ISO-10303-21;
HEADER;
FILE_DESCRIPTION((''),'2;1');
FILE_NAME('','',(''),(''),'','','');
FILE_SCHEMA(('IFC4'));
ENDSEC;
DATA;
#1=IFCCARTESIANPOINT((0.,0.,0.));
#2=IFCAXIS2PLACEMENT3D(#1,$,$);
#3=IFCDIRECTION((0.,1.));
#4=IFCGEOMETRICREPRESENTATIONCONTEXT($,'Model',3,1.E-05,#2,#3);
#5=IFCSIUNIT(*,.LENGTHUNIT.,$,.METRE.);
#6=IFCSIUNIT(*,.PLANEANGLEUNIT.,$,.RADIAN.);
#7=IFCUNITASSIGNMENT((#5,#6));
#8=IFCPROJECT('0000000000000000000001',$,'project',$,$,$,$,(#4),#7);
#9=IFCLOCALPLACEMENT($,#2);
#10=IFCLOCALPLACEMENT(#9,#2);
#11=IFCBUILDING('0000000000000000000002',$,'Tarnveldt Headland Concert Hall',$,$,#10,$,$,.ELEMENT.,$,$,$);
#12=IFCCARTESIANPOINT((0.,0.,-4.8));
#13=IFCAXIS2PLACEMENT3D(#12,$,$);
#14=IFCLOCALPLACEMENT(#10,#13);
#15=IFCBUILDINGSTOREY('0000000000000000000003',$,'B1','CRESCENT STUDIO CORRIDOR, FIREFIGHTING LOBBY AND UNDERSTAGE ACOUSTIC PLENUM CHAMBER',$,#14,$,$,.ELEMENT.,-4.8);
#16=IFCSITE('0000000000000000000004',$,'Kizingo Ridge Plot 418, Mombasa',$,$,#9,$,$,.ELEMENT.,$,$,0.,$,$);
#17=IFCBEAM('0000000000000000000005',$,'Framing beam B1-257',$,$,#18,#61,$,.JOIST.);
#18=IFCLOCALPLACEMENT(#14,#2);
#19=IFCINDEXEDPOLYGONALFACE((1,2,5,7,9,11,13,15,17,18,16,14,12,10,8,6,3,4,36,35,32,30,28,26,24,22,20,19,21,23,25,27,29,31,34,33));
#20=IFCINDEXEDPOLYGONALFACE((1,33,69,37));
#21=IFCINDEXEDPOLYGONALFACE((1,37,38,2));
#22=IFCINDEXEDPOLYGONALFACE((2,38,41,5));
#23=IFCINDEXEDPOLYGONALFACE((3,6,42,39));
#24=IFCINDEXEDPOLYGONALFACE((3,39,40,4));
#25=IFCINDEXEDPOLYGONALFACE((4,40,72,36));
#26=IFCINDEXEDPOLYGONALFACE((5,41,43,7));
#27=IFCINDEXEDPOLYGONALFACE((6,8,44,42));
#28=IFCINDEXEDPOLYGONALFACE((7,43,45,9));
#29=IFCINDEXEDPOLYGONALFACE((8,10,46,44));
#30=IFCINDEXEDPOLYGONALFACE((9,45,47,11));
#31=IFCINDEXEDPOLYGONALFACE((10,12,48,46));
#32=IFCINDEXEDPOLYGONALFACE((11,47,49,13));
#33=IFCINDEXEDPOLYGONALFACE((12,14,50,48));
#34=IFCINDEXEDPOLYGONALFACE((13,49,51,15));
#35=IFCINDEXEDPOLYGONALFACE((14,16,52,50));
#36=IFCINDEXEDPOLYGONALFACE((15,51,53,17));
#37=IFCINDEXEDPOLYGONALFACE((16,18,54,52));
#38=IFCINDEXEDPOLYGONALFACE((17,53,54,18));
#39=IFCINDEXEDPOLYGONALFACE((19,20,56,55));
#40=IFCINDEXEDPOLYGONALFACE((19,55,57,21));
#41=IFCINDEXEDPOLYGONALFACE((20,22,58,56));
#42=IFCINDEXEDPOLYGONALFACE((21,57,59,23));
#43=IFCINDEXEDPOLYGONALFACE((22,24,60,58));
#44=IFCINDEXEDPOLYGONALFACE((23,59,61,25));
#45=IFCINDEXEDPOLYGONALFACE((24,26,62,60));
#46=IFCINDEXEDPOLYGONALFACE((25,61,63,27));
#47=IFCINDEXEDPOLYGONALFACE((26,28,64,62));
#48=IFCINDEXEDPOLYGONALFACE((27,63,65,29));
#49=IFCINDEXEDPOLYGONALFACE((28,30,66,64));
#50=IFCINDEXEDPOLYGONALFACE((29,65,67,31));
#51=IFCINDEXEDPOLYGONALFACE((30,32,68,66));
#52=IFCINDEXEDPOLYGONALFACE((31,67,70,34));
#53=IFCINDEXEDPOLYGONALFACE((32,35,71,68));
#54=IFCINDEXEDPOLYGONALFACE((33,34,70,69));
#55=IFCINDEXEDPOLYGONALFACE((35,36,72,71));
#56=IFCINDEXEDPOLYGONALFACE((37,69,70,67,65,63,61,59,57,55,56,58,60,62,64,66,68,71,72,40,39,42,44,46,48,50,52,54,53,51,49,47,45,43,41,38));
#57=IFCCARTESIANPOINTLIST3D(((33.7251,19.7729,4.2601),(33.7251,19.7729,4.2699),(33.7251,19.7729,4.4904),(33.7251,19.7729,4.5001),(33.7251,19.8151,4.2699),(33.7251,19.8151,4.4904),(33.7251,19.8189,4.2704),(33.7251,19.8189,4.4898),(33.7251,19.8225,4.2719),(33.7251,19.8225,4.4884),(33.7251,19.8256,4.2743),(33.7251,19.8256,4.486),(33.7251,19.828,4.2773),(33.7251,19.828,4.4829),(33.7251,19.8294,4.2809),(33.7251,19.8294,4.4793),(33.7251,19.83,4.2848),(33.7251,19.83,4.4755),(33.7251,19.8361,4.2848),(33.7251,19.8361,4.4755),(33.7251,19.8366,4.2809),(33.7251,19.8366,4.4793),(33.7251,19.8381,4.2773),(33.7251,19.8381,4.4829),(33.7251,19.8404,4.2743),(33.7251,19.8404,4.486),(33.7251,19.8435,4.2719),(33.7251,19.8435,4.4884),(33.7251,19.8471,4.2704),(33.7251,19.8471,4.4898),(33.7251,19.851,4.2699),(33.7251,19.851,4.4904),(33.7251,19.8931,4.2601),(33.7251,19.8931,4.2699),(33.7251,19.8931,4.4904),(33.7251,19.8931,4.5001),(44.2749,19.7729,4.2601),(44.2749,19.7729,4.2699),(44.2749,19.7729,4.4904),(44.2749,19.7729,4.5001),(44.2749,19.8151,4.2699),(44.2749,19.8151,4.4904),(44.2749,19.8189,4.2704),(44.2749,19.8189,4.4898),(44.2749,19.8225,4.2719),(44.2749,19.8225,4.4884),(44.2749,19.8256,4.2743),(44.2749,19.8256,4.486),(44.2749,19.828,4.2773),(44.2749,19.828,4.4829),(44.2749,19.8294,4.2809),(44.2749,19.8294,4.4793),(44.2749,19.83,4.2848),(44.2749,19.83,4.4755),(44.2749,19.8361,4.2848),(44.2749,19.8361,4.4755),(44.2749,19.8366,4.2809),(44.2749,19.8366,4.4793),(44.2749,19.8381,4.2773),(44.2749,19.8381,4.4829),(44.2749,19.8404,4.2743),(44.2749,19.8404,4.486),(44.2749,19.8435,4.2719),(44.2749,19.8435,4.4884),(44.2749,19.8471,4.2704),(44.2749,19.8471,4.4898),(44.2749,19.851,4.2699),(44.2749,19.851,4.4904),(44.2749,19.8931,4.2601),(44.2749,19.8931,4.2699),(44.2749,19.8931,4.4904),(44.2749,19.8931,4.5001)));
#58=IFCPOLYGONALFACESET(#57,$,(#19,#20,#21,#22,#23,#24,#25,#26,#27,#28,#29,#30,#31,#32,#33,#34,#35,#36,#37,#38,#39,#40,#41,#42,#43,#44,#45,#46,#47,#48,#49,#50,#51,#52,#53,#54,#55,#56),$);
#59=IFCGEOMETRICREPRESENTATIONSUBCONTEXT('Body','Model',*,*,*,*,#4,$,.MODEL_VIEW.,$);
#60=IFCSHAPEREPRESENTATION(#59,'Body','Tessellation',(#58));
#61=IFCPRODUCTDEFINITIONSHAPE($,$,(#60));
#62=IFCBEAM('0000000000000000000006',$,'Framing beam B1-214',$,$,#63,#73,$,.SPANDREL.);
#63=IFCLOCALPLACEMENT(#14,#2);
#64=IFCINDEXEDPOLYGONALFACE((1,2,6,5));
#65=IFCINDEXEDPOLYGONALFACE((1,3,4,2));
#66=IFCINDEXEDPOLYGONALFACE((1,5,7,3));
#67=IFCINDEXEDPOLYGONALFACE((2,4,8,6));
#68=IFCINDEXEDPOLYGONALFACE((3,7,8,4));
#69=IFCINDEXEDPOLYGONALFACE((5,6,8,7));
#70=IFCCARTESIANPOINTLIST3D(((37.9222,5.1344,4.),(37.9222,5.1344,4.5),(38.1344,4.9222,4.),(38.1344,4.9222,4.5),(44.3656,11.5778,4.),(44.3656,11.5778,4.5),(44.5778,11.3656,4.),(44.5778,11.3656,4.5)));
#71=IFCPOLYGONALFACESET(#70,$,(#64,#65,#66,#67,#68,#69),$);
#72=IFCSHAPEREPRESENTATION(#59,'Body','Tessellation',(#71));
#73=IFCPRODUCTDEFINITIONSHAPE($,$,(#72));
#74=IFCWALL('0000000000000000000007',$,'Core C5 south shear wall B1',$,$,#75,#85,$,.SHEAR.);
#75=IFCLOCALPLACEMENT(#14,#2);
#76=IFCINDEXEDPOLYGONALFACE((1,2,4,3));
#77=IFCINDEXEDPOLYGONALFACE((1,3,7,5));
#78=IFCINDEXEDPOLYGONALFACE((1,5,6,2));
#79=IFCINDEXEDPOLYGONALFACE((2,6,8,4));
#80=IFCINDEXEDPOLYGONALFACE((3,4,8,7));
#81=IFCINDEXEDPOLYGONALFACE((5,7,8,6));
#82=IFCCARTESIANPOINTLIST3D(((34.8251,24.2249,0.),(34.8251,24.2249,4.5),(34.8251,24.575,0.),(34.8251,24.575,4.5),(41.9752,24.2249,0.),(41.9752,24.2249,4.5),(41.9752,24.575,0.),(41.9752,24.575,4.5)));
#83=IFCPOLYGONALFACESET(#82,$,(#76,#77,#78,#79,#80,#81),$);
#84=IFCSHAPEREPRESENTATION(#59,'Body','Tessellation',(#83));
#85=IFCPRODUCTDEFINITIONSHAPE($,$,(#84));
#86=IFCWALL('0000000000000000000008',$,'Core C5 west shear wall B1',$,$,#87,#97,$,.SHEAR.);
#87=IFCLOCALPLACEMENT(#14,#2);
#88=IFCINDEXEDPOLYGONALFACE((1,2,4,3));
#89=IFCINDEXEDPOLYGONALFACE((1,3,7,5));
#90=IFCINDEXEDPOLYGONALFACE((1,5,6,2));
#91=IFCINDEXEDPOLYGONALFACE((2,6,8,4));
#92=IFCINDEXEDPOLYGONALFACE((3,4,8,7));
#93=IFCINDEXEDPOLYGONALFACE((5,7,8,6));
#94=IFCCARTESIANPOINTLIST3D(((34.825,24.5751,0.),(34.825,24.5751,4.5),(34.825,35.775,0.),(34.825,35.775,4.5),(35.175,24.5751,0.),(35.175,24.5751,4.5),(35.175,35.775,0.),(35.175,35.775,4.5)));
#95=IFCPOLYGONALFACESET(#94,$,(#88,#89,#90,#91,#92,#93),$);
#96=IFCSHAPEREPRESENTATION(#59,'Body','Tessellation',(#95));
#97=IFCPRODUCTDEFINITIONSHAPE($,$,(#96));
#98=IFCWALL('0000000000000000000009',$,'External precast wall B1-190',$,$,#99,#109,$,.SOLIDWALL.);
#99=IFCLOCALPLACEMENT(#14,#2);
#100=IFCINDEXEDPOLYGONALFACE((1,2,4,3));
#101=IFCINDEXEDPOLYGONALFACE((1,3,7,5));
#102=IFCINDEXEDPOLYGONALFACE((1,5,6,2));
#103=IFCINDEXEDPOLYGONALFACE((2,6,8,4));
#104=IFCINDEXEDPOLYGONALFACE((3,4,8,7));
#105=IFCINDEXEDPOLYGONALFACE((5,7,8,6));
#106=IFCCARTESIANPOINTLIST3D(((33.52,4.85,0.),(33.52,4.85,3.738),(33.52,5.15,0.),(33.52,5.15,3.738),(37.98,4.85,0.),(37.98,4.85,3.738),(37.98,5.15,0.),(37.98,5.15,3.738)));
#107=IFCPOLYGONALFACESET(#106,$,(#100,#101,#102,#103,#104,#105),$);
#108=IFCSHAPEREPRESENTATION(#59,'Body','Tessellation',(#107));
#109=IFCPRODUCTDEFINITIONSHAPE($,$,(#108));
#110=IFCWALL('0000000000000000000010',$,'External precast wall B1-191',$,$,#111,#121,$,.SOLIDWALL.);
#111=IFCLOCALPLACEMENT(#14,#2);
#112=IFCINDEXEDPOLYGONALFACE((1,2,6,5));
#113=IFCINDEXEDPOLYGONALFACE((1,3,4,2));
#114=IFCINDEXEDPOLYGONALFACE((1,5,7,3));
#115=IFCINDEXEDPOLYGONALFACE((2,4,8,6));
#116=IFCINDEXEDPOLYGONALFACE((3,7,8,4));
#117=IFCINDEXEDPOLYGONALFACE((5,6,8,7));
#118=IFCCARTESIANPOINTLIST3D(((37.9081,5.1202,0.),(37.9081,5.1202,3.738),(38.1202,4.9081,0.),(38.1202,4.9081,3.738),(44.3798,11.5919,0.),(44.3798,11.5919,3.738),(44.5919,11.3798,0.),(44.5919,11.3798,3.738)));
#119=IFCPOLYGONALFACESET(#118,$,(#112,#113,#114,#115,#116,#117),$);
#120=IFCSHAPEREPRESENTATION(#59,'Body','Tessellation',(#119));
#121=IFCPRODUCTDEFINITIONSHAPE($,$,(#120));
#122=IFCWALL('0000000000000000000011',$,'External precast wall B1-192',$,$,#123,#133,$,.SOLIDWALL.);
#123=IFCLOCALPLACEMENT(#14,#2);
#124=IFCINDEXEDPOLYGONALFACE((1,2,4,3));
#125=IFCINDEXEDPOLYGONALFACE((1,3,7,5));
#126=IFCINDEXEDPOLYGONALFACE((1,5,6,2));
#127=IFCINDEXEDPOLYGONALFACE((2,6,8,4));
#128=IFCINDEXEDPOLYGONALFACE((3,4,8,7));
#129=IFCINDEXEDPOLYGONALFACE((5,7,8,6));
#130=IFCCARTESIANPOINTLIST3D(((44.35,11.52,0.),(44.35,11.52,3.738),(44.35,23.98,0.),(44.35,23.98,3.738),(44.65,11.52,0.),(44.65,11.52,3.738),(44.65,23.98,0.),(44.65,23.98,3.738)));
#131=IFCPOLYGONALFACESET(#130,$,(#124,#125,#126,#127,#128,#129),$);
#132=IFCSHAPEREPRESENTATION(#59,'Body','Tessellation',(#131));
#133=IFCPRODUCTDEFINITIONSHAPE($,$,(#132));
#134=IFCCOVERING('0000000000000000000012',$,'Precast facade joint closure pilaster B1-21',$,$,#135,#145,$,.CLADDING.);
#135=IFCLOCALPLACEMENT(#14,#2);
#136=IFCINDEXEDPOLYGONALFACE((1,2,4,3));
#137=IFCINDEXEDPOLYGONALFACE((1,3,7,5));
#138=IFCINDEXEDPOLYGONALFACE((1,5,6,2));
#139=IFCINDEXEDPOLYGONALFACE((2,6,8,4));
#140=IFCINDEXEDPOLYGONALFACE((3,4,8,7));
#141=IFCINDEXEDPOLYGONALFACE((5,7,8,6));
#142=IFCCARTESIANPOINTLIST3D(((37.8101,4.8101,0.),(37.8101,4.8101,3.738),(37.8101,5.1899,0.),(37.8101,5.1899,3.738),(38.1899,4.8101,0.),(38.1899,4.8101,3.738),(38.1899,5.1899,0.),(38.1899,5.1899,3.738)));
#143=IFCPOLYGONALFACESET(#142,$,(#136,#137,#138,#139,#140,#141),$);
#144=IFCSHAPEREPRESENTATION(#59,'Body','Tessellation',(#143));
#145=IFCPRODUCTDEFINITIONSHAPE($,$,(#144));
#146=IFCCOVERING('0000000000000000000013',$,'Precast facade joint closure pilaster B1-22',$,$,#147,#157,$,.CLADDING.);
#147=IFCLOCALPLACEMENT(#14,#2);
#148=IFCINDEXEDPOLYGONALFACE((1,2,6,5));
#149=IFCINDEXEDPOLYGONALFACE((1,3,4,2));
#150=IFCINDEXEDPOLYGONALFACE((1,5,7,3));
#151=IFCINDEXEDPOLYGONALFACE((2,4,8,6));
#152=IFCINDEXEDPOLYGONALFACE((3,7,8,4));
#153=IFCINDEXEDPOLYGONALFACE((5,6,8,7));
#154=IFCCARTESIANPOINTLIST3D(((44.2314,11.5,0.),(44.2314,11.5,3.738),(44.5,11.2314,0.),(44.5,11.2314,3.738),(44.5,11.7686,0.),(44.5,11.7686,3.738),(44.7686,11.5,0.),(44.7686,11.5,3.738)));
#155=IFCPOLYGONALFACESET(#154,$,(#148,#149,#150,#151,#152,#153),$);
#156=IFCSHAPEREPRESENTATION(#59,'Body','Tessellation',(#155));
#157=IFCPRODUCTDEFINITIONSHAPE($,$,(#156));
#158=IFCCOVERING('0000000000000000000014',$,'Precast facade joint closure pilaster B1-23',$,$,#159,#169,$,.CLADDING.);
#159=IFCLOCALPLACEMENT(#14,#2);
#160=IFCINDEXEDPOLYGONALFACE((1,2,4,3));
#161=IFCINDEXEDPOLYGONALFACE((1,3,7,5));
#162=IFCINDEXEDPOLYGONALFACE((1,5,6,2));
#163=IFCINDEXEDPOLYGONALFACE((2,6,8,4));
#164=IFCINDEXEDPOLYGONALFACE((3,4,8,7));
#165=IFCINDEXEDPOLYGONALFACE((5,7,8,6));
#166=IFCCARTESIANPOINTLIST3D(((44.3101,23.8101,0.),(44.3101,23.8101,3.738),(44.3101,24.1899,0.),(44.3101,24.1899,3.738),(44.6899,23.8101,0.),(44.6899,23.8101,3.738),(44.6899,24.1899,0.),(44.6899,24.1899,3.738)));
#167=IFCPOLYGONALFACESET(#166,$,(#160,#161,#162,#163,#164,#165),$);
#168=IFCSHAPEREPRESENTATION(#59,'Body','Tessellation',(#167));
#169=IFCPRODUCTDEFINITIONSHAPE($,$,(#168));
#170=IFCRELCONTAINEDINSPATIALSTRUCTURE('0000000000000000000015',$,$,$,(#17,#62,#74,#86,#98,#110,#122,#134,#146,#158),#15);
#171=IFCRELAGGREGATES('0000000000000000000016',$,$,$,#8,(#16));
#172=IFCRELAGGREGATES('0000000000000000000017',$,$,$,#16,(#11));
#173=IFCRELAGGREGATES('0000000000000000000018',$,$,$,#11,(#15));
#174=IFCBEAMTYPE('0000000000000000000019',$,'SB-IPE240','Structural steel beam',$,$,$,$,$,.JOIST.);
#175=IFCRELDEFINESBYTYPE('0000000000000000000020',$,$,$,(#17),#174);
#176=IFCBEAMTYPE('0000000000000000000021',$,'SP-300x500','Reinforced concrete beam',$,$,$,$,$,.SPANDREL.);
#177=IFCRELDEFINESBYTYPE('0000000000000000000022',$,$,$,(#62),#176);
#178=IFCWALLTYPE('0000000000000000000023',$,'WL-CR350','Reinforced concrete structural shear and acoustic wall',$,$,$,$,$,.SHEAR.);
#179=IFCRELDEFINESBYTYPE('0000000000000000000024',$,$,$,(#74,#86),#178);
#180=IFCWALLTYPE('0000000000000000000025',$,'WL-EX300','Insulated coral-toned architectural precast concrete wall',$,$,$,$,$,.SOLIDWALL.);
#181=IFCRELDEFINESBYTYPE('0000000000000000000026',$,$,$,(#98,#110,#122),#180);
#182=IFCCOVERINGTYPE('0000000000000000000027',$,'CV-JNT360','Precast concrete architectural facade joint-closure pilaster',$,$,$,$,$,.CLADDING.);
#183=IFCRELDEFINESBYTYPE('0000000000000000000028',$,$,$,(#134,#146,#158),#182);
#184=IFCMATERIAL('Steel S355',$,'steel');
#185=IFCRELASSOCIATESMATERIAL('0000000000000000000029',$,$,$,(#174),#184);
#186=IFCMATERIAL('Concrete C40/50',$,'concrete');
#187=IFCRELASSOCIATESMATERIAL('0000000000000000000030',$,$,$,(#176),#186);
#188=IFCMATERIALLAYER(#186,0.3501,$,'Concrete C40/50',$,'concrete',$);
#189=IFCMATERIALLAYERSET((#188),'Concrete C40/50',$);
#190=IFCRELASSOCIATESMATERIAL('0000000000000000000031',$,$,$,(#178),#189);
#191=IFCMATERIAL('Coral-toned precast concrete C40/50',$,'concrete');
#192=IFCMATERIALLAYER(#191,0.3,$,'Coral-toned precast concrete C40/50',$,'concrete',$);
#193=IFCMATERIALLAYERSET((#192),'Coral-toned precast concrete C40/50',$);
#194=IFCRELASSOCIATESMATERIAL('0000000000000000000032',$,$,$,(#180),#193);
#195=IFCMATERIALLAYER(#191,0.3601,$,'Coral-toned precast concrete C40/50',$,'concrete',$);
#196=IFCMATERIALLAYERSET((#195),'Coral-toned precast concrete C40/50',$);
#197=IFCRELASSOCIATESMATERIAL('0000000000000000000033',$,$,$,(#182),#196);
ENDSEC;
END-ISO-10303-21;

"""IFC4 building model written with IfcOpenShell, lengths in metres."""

from ifc_helpers import new_model, si_unit, direction, frame, frame_2d, origin, origin_2d, place, context, subcontext, project, spatial, rectangle, i_section, extrude, material, layer, layer_set, material_profile, profile_set, type_object, element, save


model = new_model("IFC4")

# Units and contexts
model_context = context("Model", 3, precision=1e-05, world=origin(), true_north=direction((0.0, 1.0)))
body_context = subcontext(model_context, "Body", "Model", "MODEL_VIEW")
ifc_project = project(units=[si_unit("LENGTHUNIT", "METRE"), si_unit("PLANEANGLEUNIT", "RADIAN")], contexts=[model_context])

# Site, building, storey
site_placement = place(None, origin())
site = spatial("IfcSite", under=ifc_project, at=site_placement, Name="Kizingo Ridge Plot 418, Mombasa", CompositionType="ELEMENT", RefElevation=0.0)
building_placement = place(site_placement, origin())
building = spatial("IfcBuilding", under=site, at=building_placement, Name="Tarnveldt Headland Concert Hall", CompositionType="ELEMENT")
storey_placement = place(building_placement, frame((0.0, 0.0, -4.8)))
storey = spatial("IfcBuildingStorey", under=building, at=storey_placement, Name="B1", Description="CRESCENT STUDIO CORRIDOR, FIREFIGHTING LOBBY AND UNDERSTAGE ACOUSTIC PLENUM CHAMBER", CompositionType="ELEMENT", Elevation=-4.8)

# Shared definitions
ifc_material_1 = material(Name="Concrete C40/50", Category="concrete")

# Beams
ifc_material_2 = material(Name="Steel S355", Category="steel")
ifc_material_profile_1 = material_profile(ifc_material_2, i_section(OverallWidth=0.1201, OverallDepth=0.24, WebThickness=0.0061, FlangeThickness=0.0098, FilletRadius=0.0149, at=origin_2d()), Name="IPE240", Category="steel")
ifc_profile_set_1 = profile_set([ifc_material_profile_1], Name="Steel S355")
beam_type_1 = type_object("IfcBeamType", Name="SB-IPE240", Description="Structural steel beam", PredefinedType="JOIST", material=ifc_profile_set_1)
for number, where, z_axis, x_axis, name in (
    (1, (33.7251, 19.833, 4.3801), (1.0, 0.0, 0.0), (0.0, 1.0, 0.0), "Framing beam B1-257"),
):
    element("IfcBeam", number, at=place(storey_placement, frame(where, z_axis=z_axis, x_axis=x_axis)), inside=storey, type_object=beam_type_1, Name=name, PredefinedType="JOIST", context=body_context, shape_type="SweptSolid", body=[
        extrude(i_section(OverallWidth=0.1201, OverallDepth=0.24, WebThickness=0.0061, FlangeThickness=0.0098, FilletRadius=0.0149, at=origin_2d()), origin(), (0.0, 0.0, 1.0), 10.5498),
    ])
ifc_material_profile_2 = material_profile(ifc_material_1, rectangle(XDim=0.3, YDim=0.5, at=origin_2d()), Name="RC SPANDREL 300x500", Category="concrete")
ifc_profile_set_2 = profile_set([ifc_material_profile_2], Name="Concrete C40/50")
beam_type_2 = type_object("IfcBeamType", Name="SP-300x500", Description="Reinforced concrete beam", PredefinedType="SPANDREL", material=ifc_profile_set_2)
beam_1_placement = place(storey_placement, frame((38.0283, 5.0283, 4.25), z_axis=(0.707107, 0.707107, 0.0), x_axis=(-0.707107, 0.707107, 0.0)))
element("IfcBeam", 2, at=beam_1_placement, inside=storey, type_object=beam_type_2, Name="Framing beam B1-214", PredefinedType="SPANDREL", context=body_context, shape_type="SweptSolid", body=[
    extrude(rectangle(XDim=0.3, YDim=0.5, at=origin_2d()), origin(), (0.0, 0.0, 1.0), 9.1123),
])

# Walls
ifc_layer_1 = layer(ifc_material_1, 0.3501, Name="Concrete C40/50", Category="concrete")
ifc_layer_set_1 = layer_set([ifc_layer_1], Name="Concrete C40/50")
wall_type_1 = type_object("IfcWallType", Name="WL-CR350", Description="Reinforced concrete structural shear and acoustic wall", PredefinedType="SHEAR", material=ifc_layer_set_1)
wall_1_placement = place(storey_placement, frame((34.825, 24.3999, 0.0), z_axis=(0.0, 0.0, 1.0), x_axis=(1.0, 0.0, 0.0)))
element("IfcWall", 3, at=wall_1_placement, inside=storey, type_object=wall_type_1, Name="Core C5 south shear wall B1", PredefinedType="SHEAR", context=body_context, shape_type="SweptSolid", body=[
    extrude(rectangle(XDim=7.1501, YDim=0.3501, at=frame_2d((3.5752, 0.0))), origin(), (0.0, 0.0, 1.0), 4.5),
])
wall_2_placement = place(storey_placement, frame((35.0, 24.575, 0.0), z_axis=(0.0, 0.0, 1.0), x_axis=(0.0, 1.0, 0.0)))
element("IfcWall", 4, at=wall_2_placement, inside=storey, type_object=wall_type_1, Name="Core C5 west shear wall B1", PredefinedType="SHEAR", context=body_context, shape_type="SweptSolid", body=[
    extrude(rectangle(XDim=11.2, YDim=0.3501, at=frame_2d((5.6001, 0.0))), origin(), (0.0, 0.0, 1.0), 4.5),
])
ifc_material_3 = material(Name="Coral-toned precast concrete C40/50", Category="concrete")
ifc_layer_2 = layer(ifc_material_3, 0.3, Name="Coral-toned precast concrete C40/50", Category="concrete")
ifc_layer_set_2 = layer_set([ifc_layer_2], Name="Coral-toned precast concrete C40/50")
wall_type_2 = type_object("IfcWallType", Name="WL-EX300", Description="Insulated coral-toned architectural precast concrete wall", PredefinedType="SOLIDWALL", material=ifc_layer_set_2)
wall_3_placement = place(storey_placement, frame((37.98, 5.0, 0.0), z_axis=(0.0, 0.0, 1.0), x_axis=(-1.0, 0.0, 0.0)))
element("IfcWall", 5, at=wall_3_placement, inside=storey, type_object=wall_type_2, Name="External precast wall B1-190", PredefinedType="SOLIDWALL", context=body_context, shape_type="SweptSolid", body=[
    extrude(rectangle(XDim=4.46, YDim=0.3, at=frame_2d((2.23, 0.0))), origin(), (0.0, 0.0, 1.0), 3.738),
])
wall_4_placement = place(storey_placement, frame((44.4858, 11.4858, 0.0), z_axis=(0.0, 0.0, 1.0), x_axis=(-0.707107, -0.707107, 0.0)))
element("IfcWall", 6, at=wall_4_placement, inside=storey, type_object=wall_type_2, Name="External precast wall B1-191", PredefinedType="SOLIDWALL", context=body_context, shape_type="SweptSolid", body=[
    extrude(rectangle(XDim=9.1523, YDim=0.3, at=frame_2d((4.5762, 0.0))), origin(), (0.0, 0.0, 1.0), 3.738),
])
wall_5_placement = place(storey_placement, frame((44.5, 23.98, 0.0), z_axis=(0.0, 0.0, 1.0), x_axis=(0.0, -1.0, 0.0)))
element("IfcWall", 7, at=wall_5_placement, inside=storey, type_object=wall_type_2, Name="External precast wall B1-192", PredefinedType="SOLIDWALL", context=body_context, shape_type="SweptSolid", body=[
    extrude(rectangle(XDim=12.46, YDim=0.3, at=frame_2d((6.23, 0.0))), origin(), (0.0, 0.0, 1.0), 3.738),
])

# Coverings
ifc_layer_3 = layer(ifc_material_3, 0.3601, Name="Coral-toned precast concrete C40/50", Category="concrete")
ifc_layer_set_3 = layer_set([ifc_layer_3], Name="Coral-toned precast concrete C40/50")
covering_type = type_object("IfcCoveringType", Name="CV-JNT360", Description="Precast concrete architectural facade joint-closure pilaster", PredefinedType="CLADDING", material=ifc_layer_set_3)
for number, where, z_axis, x_axis, name in (
    (8, (38.0, 5.0, 0.0), (0.0, 0.0, 1.0), (-1.0, 0.0, 0.0), "Precast facade joint closure pilaster B1-21"),
    (9, (44.5, 11.5, 0.0), (0.0, 0.0, 1.0), (-0.707107, -0.707107, 0.0), "Precast facade joint closure pilaster B1-22"),
    (10, (44.5, 24.0, 0.0), (0.0, 0.0, 1.0), (0.0, -1.0, 0.0), "Precast facade joint closure pilaster B1-23"),
):
    element("IfcCovering", number, at=place(storey_placement, frame(where, z_axis=z_axis, x_axis=x_axis)), inside=storey, type_object=covering_type, Name=name, PredefinedType="CLADDING", context=body_context, shape_type="SweptSolid", body=[
        extrude(rectangle(XDim=0.3799, YDim=0.3799, at=origin_2d()), origin(), (0.0, 0.0, 1.0), 3.738),
    ])

save(model, "model.ifc")
